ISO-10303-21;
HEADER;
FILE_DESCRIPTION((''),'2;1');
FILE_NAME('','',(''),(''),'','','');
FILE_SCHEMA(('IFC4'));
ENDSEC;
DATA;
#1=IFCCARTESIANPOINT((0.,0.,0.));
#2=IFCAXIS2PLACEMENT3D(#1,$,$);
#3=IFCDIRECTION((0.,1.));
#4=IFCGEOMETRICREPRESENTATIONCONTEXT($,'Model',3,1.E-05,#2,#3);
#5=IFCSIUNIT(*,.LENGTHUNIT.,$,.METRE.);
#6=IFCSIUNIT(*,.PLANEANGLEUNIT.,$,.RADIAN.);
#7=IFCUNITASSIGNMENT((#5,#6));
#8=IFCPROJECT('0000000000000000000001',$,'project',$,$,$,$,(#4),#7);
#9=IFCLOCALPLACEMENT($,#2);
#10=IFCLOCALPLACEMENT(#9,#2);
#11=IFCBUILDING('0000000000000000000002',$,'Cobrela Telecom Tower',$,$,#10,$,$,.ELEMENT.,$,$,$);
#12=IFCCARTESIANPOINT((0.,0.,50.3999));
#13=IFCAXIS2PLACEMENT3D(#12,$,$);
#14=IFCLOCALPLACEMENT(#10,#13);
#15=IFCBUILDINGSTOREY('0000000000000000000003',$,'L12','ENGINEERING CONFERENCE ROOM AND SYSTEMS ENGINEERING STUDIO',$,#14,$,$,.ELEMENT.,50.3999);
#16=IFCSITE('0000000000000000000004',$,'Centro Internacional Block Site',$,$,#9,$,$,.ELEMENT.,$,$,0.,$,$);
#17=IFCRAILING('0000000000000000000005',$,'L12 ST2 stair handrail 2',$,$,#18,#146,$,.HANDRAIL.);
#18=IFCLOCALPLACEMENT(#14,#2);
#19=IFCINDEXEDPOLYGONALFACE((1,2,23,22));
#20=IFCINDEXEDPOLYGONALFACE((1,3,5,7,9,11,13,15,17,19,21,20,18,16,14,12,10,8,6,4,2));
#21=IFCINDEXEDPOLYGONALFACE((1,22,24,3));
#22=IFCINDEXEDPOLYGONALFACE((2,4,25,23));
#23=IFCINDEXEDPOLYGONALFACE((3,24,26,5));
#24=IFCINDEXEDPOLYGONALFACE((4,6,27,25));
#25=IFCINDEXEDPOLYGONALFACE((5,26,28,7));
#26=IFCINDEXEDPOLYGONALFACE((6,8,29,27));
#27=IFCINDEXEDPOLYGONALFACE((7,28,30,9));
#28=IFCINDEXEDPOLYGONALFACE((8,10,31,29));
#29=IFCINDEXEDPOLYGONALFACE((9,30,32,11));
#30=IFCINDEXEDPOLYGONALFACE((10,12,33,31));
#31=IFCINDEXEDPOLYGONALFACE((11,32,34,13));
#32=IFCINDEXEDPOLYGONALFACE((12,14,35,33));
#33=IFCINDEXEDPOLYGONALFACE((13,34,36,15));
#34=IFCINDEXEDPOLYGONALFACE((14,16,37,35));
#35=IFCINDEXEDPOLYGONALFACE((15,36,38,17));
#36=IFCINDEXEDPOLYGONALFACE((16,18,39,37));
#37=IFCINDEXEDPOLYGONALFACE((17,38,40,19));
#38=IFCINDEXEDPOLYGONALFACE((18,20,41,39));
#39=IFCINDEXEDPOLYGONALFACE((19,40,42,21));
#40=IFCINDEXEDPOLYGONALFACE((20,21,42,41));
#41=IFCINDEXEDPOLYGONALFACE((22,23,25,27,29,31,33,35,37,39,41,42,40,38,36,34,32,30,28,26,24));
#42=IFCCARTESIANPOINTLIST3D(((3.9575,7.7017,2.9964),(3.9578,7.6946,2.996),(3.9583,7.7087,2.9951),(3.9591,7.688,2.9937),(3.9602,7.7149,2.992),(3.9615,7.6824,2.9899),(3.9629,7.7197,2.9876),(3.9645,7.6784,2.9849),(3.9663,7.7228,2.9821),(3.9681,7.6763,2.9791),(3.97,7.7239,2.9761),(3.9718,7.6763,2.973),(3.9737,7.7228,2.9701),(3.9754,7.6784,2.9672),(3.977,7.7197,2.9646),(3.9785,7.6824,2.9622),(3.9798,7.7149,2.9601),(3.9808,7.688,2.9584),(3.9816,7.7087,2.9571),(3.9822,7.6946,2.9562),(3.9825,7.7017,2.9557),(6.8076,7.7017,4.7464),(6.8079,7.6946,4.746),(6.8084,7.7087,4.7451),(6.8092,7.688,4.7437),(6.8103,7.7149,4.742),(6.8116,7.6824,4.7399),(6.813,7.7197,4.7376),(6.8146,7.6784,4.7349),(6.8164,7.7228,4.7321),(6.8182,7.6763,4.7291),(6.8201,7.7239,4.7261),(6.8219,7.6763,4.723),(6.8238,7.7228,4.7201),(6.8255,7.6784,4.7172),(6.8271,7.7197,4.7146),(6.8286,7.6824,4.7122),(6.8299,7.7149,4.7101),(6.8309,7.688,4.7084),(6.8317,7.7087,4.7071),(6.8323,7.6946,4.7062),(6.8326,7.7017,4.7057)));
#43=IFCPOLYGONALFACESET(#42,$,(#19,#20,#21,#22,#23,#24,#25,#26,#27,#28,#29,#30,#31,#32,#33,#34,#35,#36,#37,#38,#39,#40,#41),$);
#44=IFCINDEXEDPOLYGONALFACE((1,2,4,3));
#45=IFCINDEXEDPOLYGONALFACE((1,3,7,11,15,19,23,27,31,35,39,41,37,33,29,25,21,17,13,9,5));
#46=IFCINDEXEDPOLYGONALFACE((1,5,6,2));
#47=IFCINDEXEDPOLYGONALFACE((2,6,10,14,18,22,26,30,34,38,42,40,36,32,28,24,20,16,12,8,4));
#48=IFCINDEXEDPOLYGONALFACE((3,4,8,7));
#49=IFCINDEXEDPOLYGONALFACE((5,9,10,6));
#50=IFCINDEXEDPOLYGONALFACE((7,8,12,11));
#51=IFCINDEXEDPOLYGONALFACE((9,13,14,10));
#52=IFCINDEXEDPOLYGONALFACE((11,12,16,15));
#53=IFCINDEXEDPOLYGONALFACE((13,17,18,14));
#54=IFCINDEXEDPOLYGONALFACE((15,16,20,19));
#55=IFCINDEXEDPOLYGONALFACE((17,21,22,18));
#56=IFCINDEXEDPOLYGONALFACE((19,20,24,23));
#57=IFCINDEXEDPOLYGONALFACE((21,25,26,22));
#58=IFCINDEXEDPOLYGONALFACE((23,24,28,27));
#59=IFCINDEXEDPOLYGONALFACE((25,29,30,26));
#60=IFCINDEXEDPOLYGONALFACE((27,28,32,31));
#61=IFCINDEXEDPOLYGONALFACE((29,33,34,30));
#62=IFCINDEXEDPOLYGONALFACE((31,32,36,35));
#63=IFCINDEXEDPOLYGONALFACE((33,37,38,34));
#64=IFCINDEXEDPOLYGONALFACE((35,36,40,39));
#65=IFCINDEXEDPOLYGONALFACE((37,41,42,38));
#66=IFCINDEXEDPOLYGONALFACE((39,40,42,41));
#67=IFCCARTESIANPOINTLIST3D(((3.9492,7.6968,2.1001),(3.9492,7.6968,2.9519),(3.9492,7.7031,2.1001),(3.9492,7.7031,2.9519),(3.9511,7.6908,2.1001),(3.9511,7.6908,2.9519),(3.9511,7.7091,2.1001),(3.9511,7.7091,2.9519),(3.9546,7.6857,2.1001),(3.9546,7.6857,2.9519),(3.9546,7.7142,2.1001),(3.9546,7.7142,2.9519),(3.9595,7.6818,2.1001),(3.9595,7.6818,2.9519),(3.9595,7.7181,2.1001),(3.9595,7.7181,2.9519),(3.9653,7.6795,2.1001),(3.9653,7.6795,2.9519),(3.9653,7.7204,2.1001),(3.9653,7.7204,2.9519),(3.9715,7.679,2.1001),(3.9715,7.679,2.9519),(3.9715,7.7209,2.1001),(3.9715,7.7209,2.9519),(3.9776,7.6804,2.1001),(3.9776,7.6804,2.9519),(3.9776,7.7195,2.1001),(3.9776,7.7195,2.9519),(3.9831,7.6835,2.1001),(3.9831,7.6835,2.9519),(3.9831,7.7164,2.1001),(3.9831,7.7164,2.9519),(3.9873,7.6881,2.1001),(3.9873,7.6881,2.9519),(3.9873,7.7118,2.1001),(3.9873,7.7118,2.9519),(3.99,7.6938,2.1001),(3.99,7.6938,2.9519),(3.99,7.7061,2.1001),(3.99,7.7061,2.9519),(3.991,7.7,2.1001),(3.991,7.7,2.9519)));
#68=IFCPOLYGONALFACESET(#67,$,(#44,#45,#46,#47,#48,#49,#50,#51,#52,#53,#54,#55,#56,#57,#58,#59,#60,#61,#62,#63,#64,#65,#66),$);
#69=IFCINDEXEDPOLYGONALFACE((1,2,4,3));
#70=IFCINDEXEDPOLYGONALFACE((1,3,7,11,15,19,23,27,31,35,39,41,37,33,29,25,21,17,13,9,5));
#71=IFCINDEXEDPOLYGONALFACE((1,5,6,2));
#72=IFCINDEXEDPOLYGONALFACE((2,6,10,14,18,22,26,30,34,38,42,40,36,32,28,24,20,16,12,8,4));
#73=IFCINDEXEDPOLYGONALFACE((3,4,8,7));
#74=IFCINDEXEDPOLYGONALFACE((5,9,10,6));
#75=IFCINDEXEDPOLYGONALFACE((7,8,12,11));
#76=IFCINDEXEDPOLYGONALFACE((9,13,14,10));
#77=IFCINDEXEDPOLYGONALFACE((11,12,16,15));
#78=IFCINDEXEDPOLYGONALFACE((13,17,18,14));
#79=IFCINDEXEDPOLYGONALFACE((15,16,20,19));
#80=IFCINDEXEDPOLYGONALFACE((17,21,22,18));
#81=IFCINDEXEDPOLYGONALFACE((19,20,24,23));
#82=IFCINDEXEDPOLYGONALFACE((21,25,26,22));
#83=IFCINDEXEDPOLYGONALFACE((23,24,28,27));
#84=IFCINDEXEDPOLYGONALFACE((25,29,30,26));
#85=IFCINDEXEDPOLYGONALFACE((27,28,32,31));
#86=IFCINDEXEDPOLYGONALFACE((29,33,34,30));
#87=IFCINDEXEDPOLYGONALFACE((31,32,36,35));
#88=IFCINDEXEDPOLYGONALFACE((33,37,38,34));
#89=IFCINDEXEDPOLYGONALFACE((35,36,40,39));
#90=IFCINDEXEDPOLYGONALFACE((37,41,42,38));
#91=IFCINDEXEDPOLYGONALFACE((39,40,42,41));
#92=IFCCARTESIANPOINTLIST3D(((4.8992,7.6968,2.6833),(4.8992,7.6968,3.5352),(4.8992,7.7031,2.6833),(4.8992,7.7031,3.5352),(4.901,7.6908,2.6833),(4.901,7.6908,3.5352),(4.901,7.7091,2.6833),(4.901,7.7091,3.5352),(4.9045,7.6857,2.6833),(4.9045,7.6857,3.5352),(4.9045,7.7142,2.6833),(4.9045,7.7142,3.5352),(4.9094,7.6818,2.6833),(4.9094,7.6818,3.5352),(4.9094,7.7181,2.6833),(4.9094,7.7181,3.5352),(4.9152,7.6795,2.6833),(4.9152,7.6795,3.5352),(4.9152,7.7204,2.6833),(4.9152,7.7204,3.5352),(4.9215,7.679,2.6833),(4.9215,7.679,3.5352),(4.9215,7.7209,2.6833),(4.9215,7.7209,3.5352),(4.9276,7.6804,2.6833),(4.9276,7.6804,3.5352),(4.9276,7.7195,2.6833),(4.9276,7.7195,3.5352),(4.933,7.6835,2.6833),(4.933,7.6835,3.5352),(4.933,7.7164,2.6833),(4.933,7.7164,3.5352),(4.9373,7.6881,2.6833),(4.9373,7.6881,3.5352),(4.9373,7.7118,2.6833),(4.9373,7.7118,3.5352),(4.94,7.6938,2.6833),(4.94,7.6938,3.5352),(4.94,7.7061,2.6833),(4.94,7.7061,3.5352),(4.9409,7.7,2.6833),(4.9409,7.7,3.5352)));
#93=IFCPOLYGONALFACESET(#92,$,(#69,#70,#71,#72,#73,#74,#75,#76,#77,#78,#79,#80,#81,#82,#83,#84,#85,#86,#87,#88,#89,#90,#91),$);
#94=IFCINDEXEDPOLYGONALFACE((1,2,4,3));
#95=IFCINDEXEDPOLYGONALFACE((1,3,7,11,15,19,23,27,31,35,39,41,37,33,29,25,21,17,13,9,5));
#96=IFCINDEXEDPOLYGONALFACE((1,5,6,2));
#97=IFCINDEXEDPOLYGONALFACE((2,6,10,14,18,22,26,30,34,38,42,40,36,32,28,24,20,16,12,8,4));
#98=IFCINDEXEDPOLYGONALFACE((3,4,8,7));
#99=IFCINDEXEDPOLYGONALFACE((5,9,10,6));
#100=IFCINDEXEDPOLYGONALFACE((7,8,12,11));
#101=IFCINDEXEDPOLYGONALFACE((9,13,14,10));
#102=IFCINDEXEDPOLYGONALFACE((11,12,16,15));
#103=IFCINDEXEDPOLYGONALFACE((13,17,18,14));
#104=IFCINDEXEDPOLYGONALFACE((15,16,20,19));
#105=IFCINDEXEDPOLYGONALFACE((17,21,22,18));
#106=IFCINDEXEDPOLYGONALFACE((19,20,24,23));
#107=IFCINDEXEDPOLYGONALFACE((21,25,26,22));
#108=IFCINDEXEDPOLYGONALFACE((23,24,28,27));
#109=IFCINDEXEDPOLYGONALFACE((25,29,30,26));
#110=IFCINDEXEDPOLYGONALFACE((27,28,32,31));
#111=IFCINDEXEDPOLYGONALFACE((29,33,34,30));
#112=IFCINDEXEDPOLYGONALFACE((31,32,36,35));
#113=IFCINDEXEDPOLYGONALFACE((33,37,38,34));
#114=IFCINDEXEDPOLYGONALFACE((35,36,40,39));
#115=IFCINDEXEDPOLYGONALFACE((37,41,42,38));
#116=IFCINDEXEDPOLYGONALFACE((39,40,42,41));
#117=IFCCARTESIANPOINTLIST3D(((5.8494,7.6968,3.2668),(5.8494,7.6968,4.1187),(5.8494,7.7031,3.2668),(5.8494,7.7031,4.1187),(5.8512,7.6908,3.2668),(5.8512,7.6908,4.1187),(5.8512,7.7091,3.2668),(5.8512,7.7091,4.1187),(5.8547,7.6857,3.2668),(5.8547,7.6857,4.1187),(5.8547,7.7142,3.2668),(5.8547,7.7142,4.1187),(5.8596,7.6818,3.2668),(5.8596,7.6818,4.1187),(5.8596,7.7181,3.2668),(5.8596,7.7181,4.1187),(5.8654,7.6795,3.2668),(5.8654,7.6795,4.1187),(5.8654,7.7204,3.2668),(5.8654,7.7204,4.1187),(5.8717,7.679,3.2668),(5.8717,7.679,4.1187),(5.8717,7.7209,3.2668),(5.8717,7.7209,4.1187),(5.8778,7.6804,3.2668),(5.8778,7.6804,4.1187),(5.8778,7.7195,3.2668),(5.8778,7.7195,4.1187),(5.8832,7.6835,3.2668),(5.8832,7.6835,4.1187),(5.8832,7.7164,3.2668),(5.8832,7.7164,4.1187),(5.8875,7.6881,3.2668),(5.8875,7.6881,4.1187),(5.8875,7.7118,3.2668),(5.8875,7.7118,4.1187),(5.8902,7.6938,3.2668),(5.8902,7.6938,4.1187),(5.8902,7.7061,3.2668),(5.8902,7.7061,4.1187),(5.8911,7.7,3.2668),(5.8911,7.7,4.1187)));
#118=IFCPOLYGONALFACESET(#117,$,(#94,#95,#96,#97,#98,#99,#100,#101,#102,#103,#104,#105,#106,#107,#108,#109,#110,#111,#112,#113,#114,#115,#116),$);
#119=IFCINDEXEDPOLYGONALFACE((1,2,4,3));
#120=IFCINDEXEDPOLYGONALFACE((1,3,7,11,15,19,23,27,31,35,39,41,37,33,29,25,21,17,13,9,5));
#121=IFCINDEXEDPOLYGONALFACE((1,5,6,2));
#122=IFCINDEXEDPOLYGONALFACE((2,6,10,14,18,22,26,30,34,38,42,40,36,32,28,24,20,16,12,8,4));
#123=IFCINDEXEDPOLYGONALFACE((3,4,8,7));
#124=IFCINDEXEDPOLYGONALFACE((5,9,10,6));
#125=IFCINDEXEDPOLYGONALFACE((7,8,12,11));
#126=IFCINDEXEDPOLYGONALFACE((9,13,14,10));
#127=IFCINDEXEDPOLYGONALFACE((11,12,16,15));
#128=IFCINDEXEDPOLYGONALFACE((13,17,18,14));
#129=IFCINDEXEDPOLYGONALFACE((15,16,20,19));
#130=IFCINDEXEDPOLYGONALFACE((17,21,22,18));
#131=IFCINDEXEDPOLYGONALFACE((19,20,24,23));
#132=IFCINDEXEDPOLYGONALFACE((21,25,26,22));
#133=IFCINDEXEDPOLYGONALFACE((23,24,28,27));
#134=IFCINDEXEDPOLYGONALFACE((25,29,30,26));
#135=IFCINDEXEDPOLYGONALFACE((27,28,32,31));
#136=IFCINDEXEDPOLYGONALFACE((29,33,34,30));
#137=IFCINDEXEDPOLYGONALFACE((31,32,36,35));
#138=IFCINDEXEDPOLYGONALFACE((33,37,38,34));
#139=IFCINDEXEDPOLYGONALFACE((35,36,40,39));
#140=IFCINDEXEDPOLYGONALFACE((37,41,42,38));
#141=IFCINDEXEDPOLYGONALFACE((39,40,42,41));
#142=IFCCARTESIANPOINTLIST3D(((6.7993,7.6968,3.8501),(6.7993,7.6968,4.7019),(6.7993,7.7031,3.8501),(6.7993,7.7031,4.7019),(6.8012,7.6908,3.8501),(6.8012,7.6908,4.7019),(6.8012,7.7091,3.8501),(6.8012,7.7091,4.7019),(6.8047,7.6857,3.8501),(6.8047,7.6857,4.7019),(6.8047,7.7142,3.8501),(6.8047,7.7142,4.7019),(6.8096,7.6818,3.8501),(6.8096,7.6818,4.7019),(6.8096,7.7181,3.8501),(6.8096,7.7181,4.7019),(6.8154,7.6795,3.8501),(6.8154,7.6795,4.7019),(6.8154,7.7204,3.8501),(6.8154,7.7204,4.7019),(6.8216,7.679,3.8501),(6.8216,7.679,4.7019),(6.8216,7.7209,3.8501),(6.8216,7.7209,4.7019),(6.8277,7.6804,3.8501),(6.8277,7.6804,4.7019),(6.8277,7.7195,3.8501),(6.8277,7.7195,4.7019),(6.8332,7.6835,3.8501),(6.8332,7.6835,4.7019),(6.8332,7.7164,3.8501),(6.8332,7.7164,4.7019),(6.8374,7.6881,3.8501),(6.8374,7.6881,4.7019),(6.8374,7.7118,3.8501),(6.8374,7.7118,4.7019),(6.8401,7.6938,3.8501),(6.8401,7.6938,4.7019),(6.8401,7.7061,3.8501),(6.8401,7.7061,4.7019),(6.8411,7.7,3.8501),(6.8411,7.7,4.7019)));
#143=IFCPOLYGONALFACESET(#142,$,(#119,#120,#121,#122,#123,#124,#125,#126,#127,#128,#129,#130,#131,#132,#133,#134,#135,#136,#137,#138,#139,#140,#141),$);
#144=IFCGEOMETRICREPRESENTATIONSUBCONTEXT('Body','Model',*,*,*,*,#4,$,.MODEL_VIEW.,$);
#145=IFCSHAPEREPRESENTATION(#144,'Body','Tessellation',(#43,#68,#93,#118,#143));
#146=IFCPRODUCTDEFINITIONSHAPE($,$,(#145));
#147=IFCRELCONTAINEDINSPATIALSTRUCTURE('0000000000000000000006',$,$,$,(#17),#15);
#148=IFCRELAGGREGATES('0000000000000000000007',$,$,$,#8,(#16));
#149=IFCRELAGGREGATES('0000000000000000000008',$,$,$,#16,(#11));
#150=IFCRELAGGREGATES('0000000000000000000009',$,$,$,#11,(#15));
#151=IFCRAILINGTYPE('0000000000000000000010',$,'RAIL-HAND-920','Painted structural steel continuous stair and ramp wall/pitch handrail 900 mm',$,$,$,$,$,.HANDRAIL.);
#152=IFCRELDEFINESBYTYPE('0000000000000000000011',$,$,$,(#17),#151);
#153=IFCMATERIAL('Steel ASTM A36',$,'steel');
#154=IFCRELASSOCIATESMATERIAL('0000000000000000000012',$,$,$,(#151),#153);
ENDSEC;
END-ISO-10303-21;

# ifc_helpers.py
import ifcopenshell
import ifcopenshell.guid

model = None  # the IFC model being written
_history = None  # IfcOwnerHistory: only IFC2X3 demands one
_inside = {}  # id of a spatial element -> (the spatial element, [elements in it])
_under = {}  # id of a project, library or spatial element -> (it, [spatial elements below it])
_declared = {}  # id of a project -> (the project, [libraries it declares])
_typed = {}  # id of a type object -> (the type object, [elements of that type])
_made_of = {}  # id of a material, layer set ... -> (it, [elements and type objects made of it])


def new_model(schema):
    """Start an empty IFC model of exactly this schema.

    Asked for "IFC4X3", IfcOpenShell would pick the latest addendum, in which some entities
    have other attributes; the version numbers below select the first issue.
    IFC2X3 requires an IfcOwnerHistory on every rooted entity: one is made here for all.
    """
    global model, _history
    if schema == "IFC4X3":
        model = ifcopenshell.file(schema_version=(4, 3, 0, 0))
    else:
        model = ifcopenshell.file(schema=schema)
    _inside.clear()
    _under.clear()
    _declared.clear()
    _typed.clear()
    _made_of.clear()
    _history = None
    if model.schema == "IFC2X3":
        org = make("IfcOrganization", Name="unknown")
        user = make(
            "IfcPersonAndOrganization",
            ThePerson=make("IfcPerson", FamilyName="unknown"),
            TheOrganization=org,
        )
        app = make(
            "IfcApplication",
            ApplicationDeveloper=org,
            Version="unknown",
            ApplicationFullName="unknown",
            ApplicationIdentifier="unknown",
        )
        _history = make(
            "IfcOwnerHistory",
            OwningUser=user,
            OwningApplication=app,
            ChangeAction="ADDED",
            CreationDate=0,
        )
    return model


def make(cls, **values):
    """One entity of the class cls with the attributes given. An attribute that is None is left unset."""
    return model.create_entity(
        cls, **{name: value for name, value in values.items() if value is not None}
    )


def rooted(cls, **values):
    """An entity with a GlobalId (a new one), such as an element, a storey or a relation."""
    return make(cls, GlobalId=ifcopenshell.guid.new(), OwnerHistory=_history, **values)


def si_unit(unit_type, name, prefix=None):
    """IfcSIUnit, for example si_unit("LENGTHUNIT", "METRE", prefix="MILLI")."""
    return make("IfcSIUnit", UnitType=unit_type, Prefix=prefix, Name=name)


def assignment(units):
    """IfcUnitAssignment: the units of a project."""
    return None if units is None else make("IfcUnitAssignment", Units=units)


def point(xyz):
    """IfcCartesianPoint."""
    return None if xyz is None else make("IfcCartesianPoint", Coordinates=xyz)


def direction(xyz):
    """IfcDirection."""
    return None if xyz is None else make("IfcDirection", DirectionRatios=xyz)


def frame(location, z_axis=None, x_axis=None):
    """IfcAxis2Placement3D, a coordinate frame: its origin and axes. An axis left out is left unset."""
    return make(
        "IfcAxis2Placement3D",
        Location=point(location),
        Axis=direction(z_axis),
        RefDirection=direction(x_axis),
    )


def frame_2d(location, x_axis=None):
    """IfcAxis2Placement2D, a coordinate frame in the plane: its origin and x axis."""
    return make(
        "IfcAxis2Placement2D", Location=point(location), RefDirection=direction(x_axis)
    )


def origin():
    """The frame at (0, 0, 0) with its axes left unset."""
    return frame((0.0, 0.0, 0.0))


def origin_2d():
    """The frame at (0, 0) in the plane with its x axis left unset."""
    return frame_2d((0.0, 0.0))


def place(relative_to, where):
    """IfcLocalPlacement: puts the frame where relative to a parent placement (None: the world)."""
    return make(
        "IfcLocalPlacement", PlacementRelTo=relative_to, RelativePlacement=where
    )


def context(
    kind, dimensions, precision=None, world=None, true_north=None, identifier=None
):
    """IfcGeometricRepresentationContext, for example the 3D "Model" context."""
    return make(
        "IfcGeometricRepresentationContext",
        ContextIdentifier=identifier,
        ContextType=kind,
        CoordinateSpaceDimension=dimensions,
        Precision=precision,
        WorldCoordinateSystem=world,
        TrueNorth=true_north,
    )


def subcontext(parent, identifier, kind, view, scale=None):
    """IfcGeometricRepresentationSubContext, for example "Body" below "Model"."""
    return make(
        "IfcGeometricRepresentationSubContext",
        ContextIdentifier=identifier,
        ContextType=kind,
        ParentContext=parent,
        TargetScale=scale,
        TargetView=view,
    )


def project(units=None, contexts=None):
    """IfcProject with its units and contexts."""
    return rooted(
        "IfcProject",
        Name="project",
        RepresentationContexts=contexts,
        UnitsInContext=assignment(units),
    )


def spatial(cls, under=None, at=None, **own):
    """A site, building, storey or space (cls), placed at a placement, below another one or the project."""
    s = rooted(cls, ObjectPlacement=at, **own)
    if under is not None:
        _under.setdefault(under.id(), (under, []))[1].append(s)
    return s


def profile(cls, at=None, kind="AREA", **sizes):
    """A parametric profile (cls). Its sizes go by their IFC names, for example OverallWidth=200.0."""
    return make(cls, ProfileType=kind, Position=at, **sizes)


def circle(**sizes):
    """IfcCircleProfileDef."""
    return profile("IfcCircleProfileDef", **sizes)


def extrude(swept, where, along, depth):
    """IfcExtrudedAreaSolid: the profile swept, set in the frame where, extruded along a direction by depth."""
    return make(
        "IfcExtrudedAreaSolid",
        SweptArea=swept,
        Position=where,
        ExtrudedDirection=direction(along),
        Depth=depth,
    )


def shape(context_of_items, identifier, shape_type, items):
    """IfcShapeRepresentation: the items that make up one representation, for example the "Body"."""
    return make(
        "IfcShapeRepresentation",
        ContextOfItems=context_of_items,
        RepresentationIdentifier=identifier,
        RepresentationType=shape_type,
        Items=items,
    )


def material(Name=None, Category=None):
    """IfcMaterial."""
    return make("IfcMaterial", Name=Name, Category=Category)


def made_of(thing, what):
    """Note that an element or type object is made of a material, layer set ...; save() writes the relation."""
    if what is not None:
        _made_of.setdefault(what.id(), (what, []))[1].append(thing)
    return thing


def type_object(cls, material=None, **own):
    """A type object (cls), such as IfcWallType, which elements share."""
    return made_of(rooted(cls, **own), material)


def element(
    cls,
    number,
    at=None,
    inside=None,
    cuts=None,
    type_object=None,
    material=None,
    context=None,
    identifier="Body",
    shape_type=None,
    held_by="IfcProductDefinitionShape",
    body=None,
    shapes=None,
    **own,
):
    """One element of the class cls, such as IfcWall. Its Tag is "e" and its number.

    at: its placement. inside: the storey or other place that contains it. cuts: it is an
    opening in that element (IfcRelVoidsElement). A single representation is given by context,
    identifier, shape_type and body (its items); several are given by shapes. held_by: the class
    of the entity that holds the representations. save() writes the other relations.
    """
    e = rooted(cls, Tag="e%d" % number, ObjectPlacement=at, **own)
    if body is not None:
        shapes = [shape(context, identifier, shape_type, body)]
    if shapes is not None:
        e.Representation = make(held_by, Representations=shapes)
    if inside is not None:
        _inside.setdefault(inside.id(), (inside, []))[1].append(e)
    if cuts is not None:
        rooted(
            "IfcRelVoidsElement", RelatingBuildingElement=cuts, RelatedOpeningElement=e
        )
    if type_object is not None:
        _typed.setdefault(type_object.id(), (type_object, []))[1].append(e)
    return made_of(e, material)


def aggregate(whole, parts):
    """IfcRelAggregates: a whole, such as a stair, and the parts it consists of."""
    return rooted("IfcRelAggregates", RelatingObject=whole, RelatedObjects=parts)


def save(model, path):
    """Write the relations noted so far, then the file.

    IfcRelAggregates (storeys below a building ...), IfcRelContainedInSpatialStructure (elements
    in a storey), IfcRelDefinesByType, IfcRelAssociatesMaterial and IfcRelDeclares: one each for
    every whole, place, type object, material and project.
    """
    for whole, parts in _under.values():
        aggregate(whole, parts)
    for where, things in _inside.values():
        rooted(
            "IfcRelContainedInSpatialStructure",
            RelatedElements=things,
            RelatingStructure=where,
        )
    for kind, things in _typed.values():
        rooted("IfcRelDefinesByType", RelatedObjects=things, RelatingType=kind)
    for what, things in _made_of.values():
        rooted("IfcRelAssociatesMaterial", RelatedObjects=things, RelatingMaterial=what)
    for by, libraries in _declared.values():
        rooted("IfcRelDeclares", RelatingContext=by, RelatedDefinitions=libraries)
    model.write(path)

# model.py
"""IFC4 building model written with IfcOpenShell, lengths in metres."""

from ifc_helpers import new_model, si_unit, direction, frame, origin, origin_2d, place, context, subcontext, project, spatial, circle, extrude, material, type_object, element, save


model = new_model("IFC4")

# Units and contexts
model_context = context("Model", 3, precision=1e-05, world=origin(), true_north=direction((0.0, 1.0)))
body_context = subcontext(model_context, "Body", "Model", "MODEL_VIEW")
ifc_project = project(units=[si_unit("LENGTHUNIT", "METRE"), si_unit("PLANEANGLEUNIT", "RADIAN")], contexts=[model_context])

# Site, building, storey
site_placement = place(None, origin())
site = spatial("IfcSite", under=ifc_project, at=site_placement, Name="Centro Internacional Block Site", CompositionType="ELEMENT", RefElevation=0.0)
building_placement = place(site_placement, origin())
building = spatial("IfcBuilding", under=site, at=building_placement, Name="Cobrela Telecom Tower", CompositionType="ELEMENT")
storey_placement = place(building_placement, frame((0.0, 0.0, 50.3999)))
storey = spatial("IfcBuildingStorey", under=building, at=storey_placement, Name="L12", Description="ENGINEERING CONFERENCE ROOM AND SYSTEMS ENGINEERING STUDIO", CompositionType="ELEMENT", Elevation=50.3999)

# Railing
ifc_material_1 = material(Name="Steel ASTM A36", Category="steel")
railing_type_1 = type_object("IfcRailingType", Name="RAIL-HAND-920", Description="Painted structural steel continuous stair and ramp wall/pitch handrail 900 mm", PredefinedType="HANDRAIL", material=ifc_material_1)
railing_1_placement = place(storey_placement, frame((3.97, 7.7, 2.1001)))
element("IfcRailing", 1, at=railing_1_placement, inside=storey, type_object=railing_type_1, Name="L12 ST2 stair handrail 2", PredefinedType="HANDRAIL", context=body_context, shape_type="SweptSolid", body=[
    extrude(circle(Radius=0.0239, at=origin_2d()), frame((0.0, 0.0, 0.876), z_axis=(0.852179, 0.0, 0.52325), x_axis=(0.0, 1.0, 0.0)), (0.0, 0.0, 1.0), 3.3445),
    extrude(circle(Radius=0.021, at=origin_2d()), origin(), (0.0, 0.0, 1.0), 0.8518),
    extrude(circle(Radius=0.021, at=origin_2d()), frame((0.95, 0.0, 0.5833)), (0.0, 0.0, 1.0), 0.8518),
    extrude(circle(Radius=0.021, at=origin_2d()), frame((1.9001, 0.0, 1.1667)), (0.0, 0.0, 1.0), 0.8518),
    extrude(circle(Radius=0.021, at=origin_2d()), frame((2.8501, 0.0, 1.75)), (0.0, 0.0, 1.0), 0.8518),
])

save(model, "model.ifc")
